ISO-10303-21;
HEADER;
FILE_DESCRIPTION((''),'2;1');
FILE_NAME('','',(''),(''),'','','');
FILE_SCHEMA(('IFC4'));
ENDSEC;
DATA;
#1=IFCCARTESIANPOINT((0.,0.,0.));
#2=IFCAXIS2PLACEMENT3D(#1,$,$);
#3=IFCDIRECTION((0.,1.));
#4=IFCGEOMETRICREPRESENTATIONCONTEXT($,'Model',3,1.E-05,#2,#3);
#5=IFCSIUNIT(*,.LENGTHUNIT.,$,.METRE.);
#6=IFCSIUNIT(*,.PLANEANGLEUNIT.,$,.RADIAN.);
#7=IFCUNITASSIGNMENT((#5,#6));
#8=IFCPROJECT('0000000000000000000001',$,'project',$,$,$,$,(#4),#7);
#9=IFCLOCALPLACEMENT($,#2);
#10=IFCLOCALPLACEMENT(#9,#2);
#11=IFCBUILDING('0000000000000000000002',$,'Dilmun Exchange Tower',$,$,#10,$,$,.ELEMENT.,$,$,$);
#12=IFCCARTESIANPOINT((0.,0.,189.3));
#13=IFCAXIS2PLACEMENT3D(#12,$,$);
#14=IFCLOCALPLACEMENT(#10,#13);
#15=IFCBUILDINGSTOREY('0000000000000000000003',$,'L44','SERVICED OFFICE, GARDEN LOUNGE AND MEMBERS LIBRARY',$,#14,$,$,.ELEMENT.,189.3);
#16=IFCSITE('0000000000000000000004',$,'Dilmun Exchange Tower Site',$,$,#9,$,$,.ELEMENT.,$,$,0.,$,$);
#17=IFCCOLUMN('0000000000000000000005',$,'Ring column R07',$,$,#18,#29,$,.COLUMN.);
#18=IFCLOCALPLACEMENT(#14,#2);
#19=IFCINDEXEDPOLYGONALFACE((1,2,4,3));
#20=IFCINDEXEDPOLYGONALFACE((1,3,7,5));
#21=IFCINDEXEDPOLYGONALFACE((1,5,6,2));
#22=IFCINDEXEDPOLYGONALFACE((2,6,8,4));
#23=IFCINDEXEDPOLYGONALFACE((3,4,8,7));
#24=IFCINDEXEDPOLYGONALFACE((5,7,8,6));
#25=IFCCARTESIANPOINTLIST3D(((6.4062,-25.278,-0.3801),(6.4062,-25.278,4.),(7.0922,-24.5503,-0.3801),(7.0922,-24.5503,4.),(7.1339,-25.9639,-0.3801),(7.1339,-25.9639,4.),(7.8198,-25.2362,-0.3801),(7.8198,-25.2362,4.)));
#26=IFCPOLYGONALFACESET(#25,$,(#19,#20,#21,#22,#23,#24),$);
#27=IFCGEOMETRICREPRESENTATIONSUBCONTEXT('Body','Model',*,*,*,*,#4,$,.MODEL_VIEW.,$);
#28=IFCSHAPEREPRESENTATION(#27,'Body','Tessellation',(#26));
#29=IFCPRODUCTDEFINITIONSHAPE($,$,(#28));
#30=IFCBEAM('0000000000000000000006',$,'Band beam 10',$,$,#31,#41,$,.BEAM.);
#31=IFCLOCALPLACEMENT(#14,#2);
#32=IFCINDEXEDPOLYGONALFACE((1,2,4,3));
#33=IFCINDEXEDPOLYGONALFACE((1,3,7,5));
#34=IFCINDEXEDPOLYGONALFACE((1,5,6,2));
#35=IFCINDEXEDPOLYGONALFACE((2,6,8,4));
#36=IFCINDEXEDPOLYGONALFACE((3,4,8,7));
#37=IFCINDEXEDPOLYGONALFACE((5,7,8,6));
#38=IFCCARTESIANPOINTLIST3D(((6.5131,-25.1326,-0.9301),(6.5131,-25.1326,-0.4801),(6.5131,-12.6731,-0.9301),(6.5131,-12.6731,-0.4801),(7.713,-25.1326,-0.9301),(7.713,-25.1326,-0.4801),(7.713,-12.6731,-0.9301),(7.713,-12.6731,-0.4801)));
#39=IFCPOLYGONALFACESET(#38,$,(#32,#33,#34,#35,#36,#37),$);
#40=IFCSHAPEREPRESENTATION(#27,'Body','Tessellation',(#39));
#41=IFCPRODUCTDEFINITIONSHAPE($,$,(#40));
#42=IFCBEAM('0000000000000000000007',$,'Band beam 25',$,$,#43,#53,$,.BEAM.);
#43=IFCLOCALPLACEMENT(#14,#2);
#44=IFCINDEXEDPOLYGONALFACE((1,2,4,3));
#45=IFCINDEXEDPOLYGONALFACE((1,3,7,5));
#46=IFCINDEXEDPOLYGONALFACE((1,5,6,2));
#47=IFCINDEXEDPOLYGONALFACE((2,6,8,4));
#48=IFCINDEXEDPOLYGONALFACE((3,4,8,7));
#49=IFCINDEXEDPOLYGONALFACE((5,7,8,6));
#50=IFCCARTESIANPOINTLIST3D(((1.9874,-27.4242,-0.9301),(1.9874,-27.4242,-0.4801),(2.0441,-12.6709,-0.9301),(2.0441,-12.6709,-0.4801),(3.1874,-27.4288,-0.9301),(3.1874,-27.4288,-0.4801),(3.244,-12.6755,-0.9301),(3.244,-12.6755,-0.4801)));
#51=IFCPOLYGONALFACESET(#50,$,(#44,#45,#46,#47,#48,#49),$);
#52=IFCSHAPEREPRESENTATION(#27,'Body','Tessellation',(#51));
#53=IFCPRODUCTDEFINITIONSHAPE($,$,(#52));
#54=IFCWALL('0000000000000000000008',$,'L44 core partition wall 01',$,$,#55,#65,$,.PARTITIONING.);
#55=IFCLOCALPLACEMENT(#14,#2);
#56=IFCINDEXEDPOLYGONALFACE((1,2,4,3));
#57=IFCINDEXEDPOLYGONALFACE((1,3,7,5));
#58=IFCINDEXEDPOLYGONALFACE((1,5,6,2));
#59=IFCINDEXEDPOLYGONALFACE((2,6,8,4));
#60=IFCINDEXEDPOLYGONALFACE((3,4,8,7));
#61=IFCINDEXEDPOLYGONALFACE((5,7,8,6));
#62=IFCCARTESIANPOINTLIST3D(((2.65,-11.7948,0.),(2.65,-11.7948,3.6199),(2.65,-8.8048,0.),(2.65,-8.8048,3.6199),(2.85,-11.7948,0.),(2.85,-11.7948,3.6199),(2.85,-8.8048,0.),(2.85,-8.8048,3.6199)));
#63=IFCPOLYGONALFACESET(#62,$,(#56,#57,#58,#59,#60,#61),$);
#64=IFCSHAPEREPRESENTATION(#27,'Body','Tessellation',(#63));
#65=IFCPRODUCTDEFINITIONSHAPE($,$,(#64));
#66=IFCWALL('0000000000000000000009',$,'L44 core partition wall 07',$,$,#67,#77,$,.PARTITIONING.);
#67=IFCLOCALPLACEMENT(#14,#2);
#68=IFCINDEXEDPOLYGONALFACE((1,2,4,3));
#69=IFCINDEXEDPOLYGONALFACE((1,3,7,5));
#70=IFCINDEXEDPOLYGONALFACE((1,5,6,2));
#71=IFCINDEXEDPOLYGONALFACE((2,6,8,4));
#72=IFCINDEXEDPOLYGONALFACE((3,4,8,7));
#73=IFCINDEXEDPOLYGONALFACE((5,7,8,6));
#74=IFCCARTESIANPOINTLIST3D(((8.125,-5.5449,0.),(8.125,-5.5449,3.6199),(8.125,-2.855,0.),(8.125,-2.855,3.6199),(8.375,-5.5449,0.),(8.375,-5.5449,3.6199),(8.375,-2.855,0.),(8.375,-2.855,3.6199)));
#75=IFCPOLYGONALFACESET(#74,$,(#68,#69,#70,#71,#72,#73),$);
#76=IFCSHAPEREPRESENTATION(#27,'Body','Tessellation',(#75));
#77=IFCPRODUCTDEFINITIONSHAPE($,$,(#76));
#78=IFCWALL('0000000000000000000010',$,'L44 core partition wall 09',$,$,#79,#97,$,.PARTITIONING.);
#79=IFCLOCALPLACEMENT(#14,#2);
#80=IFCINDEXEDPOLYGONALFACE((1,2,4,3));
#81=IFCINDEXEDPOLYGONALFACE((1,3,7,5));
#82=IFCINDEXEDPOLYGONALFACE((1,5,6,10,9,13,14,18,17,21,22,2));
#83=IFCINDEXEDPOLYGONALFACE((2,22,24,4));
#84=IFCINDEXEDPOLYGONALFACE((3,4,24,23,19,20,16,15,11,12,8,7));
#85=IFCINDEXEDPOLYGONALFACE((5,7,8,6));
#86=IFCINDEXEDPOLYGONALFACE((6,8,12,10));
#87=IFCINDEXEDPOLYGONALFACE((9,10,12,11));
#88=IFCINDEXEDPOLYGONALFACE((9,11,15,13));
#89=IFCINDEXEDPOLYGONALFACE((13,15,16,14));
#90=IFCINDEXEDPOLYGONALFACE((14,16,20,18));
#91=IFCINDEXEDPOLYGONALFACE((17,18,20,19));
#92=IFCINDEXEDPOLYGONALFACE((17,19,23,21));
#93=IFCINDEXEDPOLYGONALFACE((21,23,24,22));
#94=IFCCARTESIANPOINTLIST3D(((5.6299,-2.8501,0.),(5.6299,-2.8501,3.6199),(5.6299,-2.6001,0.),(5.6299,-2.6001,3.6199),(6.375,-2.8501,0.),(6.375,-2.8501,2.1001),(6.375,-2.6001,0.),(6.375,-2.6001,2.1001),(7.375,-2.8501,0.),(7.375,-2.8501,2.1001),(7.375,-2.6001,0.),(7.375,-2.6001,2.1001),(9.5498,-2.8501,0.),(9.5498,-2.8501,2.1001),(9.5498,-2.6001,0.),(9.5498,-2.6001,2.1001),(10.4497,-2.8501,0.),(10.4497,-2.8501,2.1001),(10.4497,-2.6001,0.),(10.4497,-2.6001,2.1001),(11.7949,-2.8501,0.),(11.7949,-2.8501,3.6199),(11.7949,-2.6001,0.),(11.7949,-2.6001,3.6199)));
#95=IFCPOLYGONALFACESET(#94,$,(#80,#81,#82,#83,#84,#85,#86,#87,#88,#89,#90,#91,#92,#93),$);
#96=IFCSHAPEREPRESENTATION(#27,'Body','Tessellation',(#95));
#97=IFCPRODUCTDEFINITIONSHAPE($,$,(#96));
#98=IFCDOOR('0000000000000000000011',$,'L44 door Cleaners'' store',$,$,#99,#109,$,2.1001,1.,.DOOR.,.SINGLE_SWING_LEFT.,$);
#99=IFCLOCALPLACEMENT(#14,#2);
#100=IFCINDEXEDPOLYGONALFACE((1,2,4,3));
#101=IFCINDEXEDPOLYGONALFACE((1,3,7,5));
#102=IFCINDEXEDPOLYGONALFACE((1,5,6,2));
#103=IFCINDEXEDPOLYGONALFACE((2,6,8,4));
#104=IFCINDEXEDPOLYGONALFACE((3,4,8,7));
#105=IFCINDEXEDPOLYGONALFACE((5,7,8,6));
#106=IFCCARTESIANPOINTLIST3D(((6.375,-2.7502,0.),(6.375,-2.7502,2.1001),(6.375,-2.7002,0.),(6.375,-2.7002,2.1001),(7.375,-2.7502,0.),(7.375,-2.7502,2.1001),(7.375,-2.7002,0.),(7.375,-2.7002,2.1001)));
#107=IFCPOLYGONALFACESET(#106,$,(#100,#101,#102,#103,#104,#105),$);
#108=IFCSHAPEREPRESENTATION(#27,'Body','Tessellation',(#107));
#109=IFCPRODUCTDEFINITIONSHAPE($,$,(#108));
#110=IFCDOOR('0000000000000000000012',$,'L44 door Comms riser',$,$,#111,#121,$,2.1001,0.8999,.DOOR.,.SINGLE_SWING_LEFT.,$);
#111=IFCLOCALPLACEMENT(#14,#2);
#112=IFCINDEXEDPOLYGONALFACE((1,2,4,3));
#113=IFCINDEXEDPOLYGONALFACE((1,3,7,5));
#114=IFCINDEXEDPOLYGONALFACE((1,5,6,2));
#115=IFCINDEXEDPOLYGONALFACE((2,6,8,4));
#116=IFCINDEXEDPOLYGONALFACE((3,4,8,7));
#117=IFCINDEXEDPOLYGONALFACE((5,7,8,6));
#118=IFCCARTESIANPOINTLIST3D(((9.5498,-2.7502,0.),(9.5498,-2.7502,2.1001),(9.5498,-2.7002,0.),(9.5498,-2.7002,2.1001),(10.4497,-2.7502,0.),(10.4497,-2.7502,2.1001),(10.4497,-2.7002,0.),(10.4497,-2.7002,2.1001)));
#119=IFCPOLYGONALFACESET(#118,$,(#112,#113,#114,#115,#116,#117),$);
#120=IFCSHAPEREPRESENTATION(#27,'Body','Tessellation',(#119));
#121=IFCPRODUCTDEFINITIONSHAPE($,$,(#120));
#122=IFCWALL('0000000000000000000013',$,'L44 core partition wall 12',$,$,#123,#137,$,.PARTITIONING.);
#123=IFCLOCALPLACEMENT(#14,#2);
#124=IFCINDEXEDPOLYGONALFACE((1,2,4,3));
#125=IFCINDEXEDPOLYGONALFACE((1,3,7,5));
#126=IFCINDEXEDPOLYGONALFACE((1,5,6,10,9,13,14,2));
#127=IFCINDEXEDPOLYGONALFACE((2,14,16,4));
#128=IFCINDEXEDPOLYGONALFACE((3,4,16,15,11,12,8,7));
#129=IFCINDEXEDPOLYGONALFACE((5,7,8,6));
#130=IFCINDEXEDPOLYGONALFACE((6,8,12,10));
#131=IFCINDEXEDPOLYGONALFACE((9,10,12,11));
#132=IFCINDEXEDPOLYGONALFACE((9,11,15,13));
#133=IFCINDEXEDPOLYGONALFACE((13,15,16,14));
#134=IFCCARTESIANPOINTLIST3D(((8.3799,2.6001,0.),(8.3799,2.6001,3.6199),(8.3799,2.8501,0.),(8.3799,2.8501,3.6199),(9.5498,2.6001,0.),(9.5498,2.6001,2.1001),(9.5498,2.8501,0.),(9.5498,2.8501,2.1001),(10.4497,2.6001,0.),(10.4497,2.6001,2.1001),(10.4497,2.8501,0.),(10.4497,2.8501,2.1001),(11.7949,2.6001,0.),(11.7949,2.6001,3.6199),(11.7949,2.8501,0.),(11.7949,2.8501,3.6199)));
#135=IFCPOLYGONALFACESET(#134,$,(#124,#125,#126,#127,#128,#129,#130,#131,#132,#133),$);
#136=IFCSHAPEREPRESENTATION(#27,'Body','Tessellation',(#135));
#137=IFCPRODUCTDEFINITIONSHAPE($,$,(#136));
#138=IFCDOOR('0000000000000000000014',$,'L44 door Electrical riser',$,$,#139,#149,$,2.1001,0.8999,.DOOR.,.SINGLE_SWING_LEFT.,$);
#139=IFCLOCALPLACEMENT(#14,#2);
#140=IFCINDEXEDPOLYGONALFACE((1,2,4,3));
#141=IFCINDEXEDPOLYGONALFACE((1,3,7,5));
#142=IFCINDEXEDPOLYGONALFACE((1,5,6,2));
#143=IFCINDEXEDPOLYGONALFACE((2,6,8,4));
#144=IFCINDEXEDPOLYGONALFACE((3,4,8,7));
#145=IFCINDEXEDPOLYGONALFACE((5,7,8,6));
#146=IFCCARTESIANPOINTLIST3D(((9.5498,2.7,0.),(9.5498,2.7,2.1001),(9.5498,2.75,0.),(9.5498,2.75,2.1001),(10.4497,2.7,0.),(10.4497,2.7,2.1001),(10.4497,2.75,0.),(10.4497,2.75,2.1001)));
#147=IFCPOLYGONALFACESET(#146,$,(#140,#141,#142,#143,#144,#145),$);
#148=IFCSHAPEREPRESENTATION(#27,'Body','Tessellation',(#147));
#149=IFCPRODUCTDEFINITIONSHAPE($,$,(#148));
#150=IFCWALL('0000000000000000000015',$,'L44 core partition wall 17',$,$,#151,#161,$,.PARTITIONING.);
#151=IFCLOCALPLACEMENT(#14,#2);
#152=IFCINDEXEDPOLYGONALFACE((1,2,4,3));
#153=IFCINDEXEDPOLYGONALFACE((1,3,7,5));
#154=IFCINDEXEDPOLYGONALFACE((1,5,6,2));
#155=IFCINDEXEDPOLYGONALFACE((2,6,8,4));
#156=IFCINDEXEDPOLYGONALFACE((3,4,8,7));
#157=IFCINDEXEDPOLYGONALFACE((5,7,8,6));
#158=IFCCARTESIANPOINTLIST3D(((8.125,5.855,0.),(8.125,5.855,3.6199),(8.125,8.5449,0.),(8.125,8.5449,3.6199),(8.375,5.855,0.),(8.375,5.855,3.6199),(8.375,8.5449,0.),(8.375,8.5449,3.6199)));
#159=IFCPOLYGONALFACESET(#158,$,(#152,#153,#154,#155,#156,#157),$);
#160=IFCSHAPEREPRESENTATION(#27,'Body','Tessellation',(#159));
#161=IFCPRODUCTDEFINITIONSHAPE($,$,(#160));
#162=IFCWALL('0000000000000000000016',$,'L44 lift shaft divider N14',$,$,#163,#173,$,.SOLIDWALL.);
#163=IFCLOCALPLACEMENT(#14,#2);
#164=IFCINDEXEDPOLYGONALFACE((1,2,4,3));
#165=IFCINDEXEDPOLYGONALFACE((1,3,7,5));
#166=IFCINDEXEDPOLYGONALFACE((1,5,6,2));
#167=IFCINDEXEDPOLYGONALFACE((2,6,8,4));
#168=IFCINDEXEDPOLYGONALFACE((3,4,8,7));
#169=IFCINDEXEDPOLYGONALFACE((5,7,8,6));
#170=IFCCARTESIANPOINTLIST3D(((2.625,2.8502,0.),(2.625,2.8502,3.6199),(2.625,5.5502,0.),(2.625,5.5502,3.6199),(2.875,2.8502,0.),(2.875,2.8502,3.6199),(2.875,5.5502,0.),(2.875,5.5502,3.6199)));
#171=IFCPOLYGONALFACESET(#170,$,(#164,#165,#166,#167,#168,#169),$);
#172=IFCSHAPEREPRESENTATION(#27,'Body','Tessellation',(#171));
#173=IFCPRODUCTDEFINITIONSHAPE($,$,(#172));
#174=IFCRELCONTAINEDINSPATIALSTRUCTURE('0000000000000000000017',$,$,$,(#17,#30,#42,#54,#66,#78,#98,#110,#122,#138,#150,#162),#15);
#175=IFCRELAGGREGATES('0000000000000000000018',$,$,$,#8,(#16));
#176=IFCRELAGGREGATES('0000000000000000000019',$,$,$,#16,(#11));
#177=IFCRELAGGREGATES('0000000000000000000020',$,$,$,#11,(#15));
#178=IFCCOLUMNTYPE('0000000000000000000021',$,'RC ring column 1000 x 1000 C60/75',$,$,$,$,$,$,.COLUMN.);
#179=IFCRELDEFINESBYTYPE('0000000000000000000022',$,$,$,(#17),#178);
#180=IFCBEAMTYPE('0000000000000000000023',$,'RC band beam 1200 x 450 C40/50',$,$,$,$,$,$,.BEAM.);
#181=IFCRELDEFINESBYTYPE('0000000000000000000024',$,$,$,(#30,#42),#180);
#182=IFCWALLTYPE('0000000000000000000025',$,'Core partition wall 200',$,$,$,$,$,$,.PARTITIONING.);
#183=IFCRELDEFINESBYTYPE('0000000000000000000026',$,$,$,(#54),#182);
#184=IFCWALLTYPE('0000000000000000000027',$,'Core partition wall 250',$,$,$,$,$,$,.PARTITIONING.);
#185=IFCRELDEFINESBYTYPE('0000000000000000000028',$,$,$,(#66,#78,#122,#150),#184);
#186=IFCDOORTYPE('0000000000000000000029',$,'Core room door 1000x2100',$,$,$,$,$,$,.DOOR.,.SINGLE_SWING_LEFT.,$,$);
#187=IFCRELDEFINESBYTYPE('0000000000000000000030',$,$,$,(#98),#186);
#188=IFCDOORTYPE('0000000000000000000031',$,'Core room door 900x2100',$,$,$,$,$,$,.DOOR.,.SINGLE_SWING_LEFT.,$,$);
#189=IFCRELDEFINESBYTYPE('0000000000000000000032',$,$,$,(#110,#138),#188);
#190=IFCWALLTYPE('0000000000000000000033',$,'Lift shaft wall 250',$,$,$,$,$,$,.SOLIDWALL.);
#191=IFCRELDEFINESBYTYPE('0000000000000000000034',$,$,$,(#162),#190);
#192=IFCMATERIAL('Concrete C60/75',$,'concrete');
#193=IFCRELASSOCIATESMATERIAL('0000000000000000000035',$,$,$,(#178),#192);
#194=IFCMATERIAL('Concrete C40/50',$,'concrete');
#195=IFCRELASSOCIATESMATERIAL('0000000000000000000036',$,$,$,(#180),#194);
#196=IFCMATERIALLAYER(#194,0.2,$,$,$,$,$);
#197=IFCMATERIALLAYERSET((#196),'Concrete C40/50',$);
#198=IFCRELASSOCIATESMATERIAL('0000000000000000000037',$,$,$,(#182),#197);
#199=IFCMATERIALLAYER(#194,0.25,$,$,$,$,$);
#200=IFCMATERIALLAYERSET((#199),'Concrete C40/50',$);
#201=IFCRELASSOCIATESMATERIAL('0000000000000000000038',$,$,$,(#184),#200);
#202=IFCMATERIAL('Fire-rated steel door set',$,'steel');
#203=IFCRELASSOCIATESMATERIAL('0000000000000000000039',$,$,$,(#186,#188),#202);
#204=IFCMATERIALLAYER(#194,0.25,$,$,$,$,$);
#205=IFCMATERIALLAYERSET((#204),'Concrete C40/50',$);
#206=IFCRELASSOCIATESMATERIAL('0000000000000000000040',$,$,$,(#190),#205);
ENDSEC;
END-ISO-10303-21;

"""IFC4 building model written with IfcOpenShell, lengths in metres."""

from ifc_helpers import new_model, si_unit, direction, frame, frame_2d, origin, origin_2d, place, context, subcontext, project, spatial, rectangle, extrude, material, layer, layer_set, material_profile, profile_set, type_object, element, fill, save


model = new_model("IFC4")

# Units and contexts
model_context = context("Model", 3, precision=1e-05, world=origin(), true_north=direction((0.0, 1.0)))
body_context = subcontext(model_context, "Body", "Model", "MODEL_VIEW")
ifc_project = project(units=[si_unit("LENGTHUNIT", "METRE"), si_unit("PLANEANGLEUNIT", "RADIAN")], contexts=[model_context])

# Site, building, storey
site_placement = place(None, origin())
site = spatial("IfcSite", under=ifc_project, at=site_placement, Name="Dilmun Exchange Tower Site", CompositionType="ELEMENT", RefElevation=0.0)
building_placement = place(site_placement, origin())
building = spatial("IfcBuilding", under=site, at=building_placement, Name="Dilmun Exchange Tower", CompositionType="ELEMENT")
storey_placement = place(building_placement, frame((0.0, 0.0, 189.3)))
storey = spatial("IfcBuildingStorey", under=building, at=storey_placement, Name="L44", Description="SERVICED OFFICE, GARDEN LOUNGE AND MEMBERS LIBRARY", CompositionType="ELEMENT", Elevation=189.3)

# Column
ifc_material_1 = material(Name="Concrete C60/75", Category="concrete")
ifc_material_profile_1 = material_profile(ifc_material_1, rectangle(XDim=1.0, YDim=1.0, at=origin_2d()), Name="1000 x 1000")
ifc_profile_set_1 = profile_set([ifc_material_profile_1], Name="Concrete C60/75")
column_type = type_object("IfcColumnType", Name="RC ring column 1000 x 1000 C60/75", PredefinedType="COLUMN", material=ifc_profile_set_1)
column_placement = place(storey_placement, frame((7.113, -25.2571, -0.3801), z_axis=(0.0, 0.0, 1.0), x_axis=(0.685916, 0.727681, 0.0)))
element("IfcColumn", 1, at=column_placement, inside=storey, type_object=column_type, Name="Ring column R07", PredefinedType="COLUMN", context=body_context, shape_type="SweptSolid", body=[
    extrude(rectangle(XDim=1.0, YDim=1.0, at=origin_2d()), origin(), (0.0, 0.0, 1.0), 4.3801),
])

# Beams
ifc_material_2 = material(Name="Concrete C40/50", Category="concrete")
ifc_material_profile_2 = material_profile(ifc_material_2, rectangle(XDim=1.2, YDim=0.45, at=origin_2d()), Name="1200 x 450")
ifc_profile_set_2 = profile_set([ifc_material_profile_2], Name="Concrete C40/50")
beam_type = type_object("IfcBeamType", Name="RC band beam 1200 x 450 C40/50", PredefinedType="BEAM", material=ifc_profile_set_2)
beam_1_placement = place(storey_placement, frame((7.113, -25.1326, -0.7051), z_axis=(0.0, 1.0, 0.0), x_axis=(-1.0, 0.0, 0.0)))
element("IfcBeam", 2, at=beam_1_placement, inside=storey, type_object=beam_type, Name="Band beam 10", PredefinedType="BEAM", context=body_context, shape_type="SweptSolid", body=[
    extrude(rectangle(XDim=1.2, YDim=0.45, at=origin_2d()), origin(), (0.0, 0.0, 1.0), 12.4595),
])
beam_2_placement = place(storey_placement, frame((2.5874, -27.4265, -0.7051), z_axis=(0.003839, 0.999993, 0.0), x_axis=(-0.999993, 0.003839, 0.0)))
element("IfcBeam", 3, at=beam_2_placement, inside=storey, type_object=beam_type, Name="Band beam 25", PredefinedType="BEAM", context=body_context, shape_type="SweptSolid", body=[
    extrude(rectangle(XDim=1.2, YDim=0.45, at=origin_2d()), origin(), (0.0, 0.0, 1.0), 14.7534),
])

# Walls
ifc_layer_1 = layer(ifc_material_2, 0.2)
ifc_layer_set_1 = layer_set([ifc_layer_1], Name="Concrete C40/50")
wall_type_1 = type_object("IfcWallType", Name="Core partition wall 200", PredefinedType="PARTITIONING", material=ifc_layer_set_1)
wall_1_placement = place(storey_placement, frame((2.75, -11.7949, 0.0), z_axis=(0.0, 0.0, 1.0), x_axis=(0.0, 1.0, 0.0)))
element("IfcWall", 4, at=wall_1_placement, inside=storey, type_object=wall_type_1, Name="L44 core partition wall 01", PredefinedType="PARTITIONING", context=body_context, shape_type="SweptSolid", body=[
    extrude(rectangle(XDim=2.99, YDim=0.2, at=frame_2d((1.4951, 0.0))), origin(), (0.0, 0.0, 1.0), 3.6199),
])
ifc_layer_2 = layer(ifc_material_2, 0.25)
ifc_layer_set_2 = layer_set([ifc_layer_2], Name="Concrete C40/50")
wall_type_2 = type_object("IfcWallType", Name="Core partition wall 250", PredefinedType="PARTITIONING", material=ifc_layer_set_2)
wall_2_placement = place(storey_placement, frame((8.25, -5.5449, 0.0), z_axis=(0.0, 0.0, 1.0), x_axis=(0.0, 1.0, 0.0)))
element("IfcWall", 5, at=wall_2_placement, inside=storey, type_object=wall_type_2, Name="L44 core partition wall 07", PredefinedType="PARTITIONING", context=body_context, shape_type="SweptSolid", body=[
    extrude(rectangle(XDim=2.6899, YDim=0.25, at=frame_2d((1.345, 0.0))), origin(), (0.0, 0.0, 1.0), 3.6199),
])

# Wall, openings, doors
wall_3_placement = place(storey_placement, frame((5.6299, -2.7251, 0.0), z_axis=(0.0, 0.0, 1.0), x_axis=(1.0, 0.0, 0.0)))
wall_3 = element("IfcWall", 6, at=wall_3_placement, inside=storey, type_object=wall_type_2, Name="L44 core partition wall 09", PredefinedType="PARTITIONING", context=body_context, shape_type="SweptSolid", body=[
    extrude(rectangle(XDim=6.165, YDim=0.25, at=frame_2d((3.0825, 0.0))), origin(), (0.0, 0.0, 1.0), 3.6199),
])
opening_1_placement = place(wall_3_placement, frame((0.7451, 0.0, 0.0)))
opening_1 = element("IfcOpeningElement", 7, at=opening_1_placement, cuts=wall_3, PredefinedType="OPENING", context=body_context, shape_type="SweptSolid", body=[
    extrude(rectangle(XDim=1.0, YDim=2.1001, at=frame_2d((0.5, 1.05))), frame((0.0, 0.135, 0.0), z_axis=(0.0, -1.0, 0.0), x_axis=(1.0, 0.0, 0.0)), (0.0, 0.0, 1.0), 0.27),
])
opening_2_placement = place(wall_3_placement, frame((3.9199, 0.0, 0.0)))
opening_2 = element("IfcOpeningElement", 8, at=opening_2_placement, cuts=wall_3, PredefinedType="OPENING", context=body_context, shape_type="SweptSolid", body=[
    extrude(rectangle(XDim=0.8999, YDim=2.1001, at=frame_2d((0.45, 1.05))), frame((0.0, 0.135, 0.0), z_axis=(0.0, -1.0, 0.0), x_axis=(1.0, 0.0, 0.0)), (0.0, 0.0, 1.0), 0.27),
])
ifc_material_3 = material(Name="Fire-rated steel door set", Category="steel")
door_type_1 = type_object("IfcDoorType", Name="Core room door 1000x2100", OperationType="SINGLE_SWING_LEFT", PredefinedType="DOOR", material=ifc_material_3)
door_1_placement = place(opening_1_placement, origin())
door_1 = element("IfcDoor", 9, at=door_1_placement, inside=storey, type_object=door_type_1, Name="L44 door Cleaners' store", OperationType="SINGLE_SWING_LEFT", OverallHeight=2.1001, OverallWidth=1.0, PredefinedType="DOOR", context=body_context, shape_type="SweptSolid", body=[
    extrude(rectangle(XDim=1.0, YDim=2.1001, at=frame_2d((0.5, 1.05))), frame((0.0, 0.0249, 0.0), z_axis=(0.0, -1.0, 0.0), x_axis=(1.0, 0.0, 0.0)), (0.0, 0.0, 1.0), 0.05),
])
fill(opening_1, door_1)
door_type_2 = type_object("IfcDoorType", Name="Core room door 900x2100", OperationType="SINGLE_SWING_LEFT", PredefinedType="DOOR", material=ifc_material_3)
door_2_placement = place(opening_2_placement, origin())
door_2 = element("IfcDoor", 10, at=door_2_placement, inside=storey, type_object=door_type_2, Name="L44 door Comms riser", OperationType="SINGLE_SWING_LEFT", OverallHeight=2.1001, OverallWidth=0.8999, PredefinedType="DOOR", context=body_context, shape_type="SweptSolid", body=[
    extrude(rectangle(XDim=0.8999, YDim=2.1001, at=frame_2d((0.45, 1.05))), frame((0.0, 0.0249, 0.0), z_axis=(0.0, -1.0, 0.0), x_axis=(1.0, 0.0, 0.0)), (0.0, 0.0, 1.0), 0.05),
])
fill(opening_2, door_2)

# Wall, opening, door
wall_4_placement = place(storey_placement, frame((8.3799, 2.7251, 0.0), z_axis=(0.0, 0.0, 1.0), x_axis=(1.0, 0.0, 0.0)))
wall_4 = element("IfcWall", 11, at=wall_4_placement, inside=storey, type_object=wall_type_2, Name="L44 core partition wall 12", PredefinedType="PARTITIONING", context=body_context, shape_type="SweptSolid", body=[
    extrude(rectangle(XDim=3.415, YDim=0.25, at=frame_2d((1.7075, 0.0))), origin(), (0.0, 0.0, 1.0), 3.6199),
])
opening_3_placement = place(wall_4_placement, frame((1.1699, 0.0, 0.0)))
opening_3 = element("IfcOpeningElement", 12, at=opening_3_placement, cuts=wall_4, PredefinedType="OPENING", context=body_context, shape_type="SweptSolid", body=[
    extrude(rectangle(XDim=0.8999, YDim=2.1001, at=frame_2d((0.45, 1.05))), frame((0.0, 0.135, 0.0), z_axis=(0.0, -1.0, 0.0), x_axis=(1.0, 0.0, 0.0)), (0.0, 0.0, 1.0), 0.27),
])
door_3_placement = place(opening_3_placement, origin())
door_3 = element("IfcDoor", 13, at=door_3_placement, inside=storey, type_object=door_type_2, Name="L44 door Electrical riser", OperationType="SINGLE_SWING_LEFT", OverallHeight=2.1001, OverallWidth=0.8999, PredefinedType="DOOR", context=body_context, shape_type="SweptSolid", body=[
    extrude(rectangle(XDim=0.8999, YDim=2.1001, at=frame_2d((0.45, 1.05))), frame((0.0, 0.0249, 0.0), z_axis=(0.0, -1.0, 0.0), x_axis=(1.0, 0.0, 0.0)), (0.0, 0.0, 1.0), 0.05),
])
fill(opening_3, door_3)

# Walls
wall_5_placement = place(storey_placement, frame((8.25, 5.855, 0.0), z_axis=(0.0, 0.0, 1.0), x_axis=(0.0, 1.0, 0.0)))
element("IfcWall", 14, at=wall_5_placement, inside=storey, type_object=wall_type_2, Name="L44 core partition wall 17", PredefinedType="PARTITIONING", context=body_context, shape_type="SweptSolid", body=[
    extrude(rectangle(XDim=2.6899, YDim=0.25, at=frame_2d((1.345, 0.0))), origin(), (0.0, 0.0, 1.0), 3.6199),
])
ifc_layer_3 = layer(ifc_material_2, 0.25)
ifc_layer_set_3 = layer_set([ifc_layer_3], Name="Concrete C40/50")
wall_type_3 = type_object("IfcWallType", Name="Lift shaft wall 250", PredefinedType="SOLIDWALL", material=ifc_layer_set_3)
for number, where, z_axis, x_axis, name in (
    (15, (2.75, 2.8501, 0.0), (0.0, 0.0, 1.0), (0.0, 1.0, 0.0), "L44 lift shaft divider N14"),
):
    element("IfcWall", number, at=place(storey_placement, frame(where, z_axis=z_axis, x_axis=x_axis)), inside=storey, type_object=wall_type_3, Name=name, PredefinedType="SOLIDWALL", context=body_context, shape_type="SweptSolid", body=[
        extrude(rectangle(XDim=2.7, YDim=0.25, at=frame_2d((1.3501, 0.0))), origin(), (0.0, 0.0, 1.0), 3.6199),
    ])

save(model, "model.ifc")
